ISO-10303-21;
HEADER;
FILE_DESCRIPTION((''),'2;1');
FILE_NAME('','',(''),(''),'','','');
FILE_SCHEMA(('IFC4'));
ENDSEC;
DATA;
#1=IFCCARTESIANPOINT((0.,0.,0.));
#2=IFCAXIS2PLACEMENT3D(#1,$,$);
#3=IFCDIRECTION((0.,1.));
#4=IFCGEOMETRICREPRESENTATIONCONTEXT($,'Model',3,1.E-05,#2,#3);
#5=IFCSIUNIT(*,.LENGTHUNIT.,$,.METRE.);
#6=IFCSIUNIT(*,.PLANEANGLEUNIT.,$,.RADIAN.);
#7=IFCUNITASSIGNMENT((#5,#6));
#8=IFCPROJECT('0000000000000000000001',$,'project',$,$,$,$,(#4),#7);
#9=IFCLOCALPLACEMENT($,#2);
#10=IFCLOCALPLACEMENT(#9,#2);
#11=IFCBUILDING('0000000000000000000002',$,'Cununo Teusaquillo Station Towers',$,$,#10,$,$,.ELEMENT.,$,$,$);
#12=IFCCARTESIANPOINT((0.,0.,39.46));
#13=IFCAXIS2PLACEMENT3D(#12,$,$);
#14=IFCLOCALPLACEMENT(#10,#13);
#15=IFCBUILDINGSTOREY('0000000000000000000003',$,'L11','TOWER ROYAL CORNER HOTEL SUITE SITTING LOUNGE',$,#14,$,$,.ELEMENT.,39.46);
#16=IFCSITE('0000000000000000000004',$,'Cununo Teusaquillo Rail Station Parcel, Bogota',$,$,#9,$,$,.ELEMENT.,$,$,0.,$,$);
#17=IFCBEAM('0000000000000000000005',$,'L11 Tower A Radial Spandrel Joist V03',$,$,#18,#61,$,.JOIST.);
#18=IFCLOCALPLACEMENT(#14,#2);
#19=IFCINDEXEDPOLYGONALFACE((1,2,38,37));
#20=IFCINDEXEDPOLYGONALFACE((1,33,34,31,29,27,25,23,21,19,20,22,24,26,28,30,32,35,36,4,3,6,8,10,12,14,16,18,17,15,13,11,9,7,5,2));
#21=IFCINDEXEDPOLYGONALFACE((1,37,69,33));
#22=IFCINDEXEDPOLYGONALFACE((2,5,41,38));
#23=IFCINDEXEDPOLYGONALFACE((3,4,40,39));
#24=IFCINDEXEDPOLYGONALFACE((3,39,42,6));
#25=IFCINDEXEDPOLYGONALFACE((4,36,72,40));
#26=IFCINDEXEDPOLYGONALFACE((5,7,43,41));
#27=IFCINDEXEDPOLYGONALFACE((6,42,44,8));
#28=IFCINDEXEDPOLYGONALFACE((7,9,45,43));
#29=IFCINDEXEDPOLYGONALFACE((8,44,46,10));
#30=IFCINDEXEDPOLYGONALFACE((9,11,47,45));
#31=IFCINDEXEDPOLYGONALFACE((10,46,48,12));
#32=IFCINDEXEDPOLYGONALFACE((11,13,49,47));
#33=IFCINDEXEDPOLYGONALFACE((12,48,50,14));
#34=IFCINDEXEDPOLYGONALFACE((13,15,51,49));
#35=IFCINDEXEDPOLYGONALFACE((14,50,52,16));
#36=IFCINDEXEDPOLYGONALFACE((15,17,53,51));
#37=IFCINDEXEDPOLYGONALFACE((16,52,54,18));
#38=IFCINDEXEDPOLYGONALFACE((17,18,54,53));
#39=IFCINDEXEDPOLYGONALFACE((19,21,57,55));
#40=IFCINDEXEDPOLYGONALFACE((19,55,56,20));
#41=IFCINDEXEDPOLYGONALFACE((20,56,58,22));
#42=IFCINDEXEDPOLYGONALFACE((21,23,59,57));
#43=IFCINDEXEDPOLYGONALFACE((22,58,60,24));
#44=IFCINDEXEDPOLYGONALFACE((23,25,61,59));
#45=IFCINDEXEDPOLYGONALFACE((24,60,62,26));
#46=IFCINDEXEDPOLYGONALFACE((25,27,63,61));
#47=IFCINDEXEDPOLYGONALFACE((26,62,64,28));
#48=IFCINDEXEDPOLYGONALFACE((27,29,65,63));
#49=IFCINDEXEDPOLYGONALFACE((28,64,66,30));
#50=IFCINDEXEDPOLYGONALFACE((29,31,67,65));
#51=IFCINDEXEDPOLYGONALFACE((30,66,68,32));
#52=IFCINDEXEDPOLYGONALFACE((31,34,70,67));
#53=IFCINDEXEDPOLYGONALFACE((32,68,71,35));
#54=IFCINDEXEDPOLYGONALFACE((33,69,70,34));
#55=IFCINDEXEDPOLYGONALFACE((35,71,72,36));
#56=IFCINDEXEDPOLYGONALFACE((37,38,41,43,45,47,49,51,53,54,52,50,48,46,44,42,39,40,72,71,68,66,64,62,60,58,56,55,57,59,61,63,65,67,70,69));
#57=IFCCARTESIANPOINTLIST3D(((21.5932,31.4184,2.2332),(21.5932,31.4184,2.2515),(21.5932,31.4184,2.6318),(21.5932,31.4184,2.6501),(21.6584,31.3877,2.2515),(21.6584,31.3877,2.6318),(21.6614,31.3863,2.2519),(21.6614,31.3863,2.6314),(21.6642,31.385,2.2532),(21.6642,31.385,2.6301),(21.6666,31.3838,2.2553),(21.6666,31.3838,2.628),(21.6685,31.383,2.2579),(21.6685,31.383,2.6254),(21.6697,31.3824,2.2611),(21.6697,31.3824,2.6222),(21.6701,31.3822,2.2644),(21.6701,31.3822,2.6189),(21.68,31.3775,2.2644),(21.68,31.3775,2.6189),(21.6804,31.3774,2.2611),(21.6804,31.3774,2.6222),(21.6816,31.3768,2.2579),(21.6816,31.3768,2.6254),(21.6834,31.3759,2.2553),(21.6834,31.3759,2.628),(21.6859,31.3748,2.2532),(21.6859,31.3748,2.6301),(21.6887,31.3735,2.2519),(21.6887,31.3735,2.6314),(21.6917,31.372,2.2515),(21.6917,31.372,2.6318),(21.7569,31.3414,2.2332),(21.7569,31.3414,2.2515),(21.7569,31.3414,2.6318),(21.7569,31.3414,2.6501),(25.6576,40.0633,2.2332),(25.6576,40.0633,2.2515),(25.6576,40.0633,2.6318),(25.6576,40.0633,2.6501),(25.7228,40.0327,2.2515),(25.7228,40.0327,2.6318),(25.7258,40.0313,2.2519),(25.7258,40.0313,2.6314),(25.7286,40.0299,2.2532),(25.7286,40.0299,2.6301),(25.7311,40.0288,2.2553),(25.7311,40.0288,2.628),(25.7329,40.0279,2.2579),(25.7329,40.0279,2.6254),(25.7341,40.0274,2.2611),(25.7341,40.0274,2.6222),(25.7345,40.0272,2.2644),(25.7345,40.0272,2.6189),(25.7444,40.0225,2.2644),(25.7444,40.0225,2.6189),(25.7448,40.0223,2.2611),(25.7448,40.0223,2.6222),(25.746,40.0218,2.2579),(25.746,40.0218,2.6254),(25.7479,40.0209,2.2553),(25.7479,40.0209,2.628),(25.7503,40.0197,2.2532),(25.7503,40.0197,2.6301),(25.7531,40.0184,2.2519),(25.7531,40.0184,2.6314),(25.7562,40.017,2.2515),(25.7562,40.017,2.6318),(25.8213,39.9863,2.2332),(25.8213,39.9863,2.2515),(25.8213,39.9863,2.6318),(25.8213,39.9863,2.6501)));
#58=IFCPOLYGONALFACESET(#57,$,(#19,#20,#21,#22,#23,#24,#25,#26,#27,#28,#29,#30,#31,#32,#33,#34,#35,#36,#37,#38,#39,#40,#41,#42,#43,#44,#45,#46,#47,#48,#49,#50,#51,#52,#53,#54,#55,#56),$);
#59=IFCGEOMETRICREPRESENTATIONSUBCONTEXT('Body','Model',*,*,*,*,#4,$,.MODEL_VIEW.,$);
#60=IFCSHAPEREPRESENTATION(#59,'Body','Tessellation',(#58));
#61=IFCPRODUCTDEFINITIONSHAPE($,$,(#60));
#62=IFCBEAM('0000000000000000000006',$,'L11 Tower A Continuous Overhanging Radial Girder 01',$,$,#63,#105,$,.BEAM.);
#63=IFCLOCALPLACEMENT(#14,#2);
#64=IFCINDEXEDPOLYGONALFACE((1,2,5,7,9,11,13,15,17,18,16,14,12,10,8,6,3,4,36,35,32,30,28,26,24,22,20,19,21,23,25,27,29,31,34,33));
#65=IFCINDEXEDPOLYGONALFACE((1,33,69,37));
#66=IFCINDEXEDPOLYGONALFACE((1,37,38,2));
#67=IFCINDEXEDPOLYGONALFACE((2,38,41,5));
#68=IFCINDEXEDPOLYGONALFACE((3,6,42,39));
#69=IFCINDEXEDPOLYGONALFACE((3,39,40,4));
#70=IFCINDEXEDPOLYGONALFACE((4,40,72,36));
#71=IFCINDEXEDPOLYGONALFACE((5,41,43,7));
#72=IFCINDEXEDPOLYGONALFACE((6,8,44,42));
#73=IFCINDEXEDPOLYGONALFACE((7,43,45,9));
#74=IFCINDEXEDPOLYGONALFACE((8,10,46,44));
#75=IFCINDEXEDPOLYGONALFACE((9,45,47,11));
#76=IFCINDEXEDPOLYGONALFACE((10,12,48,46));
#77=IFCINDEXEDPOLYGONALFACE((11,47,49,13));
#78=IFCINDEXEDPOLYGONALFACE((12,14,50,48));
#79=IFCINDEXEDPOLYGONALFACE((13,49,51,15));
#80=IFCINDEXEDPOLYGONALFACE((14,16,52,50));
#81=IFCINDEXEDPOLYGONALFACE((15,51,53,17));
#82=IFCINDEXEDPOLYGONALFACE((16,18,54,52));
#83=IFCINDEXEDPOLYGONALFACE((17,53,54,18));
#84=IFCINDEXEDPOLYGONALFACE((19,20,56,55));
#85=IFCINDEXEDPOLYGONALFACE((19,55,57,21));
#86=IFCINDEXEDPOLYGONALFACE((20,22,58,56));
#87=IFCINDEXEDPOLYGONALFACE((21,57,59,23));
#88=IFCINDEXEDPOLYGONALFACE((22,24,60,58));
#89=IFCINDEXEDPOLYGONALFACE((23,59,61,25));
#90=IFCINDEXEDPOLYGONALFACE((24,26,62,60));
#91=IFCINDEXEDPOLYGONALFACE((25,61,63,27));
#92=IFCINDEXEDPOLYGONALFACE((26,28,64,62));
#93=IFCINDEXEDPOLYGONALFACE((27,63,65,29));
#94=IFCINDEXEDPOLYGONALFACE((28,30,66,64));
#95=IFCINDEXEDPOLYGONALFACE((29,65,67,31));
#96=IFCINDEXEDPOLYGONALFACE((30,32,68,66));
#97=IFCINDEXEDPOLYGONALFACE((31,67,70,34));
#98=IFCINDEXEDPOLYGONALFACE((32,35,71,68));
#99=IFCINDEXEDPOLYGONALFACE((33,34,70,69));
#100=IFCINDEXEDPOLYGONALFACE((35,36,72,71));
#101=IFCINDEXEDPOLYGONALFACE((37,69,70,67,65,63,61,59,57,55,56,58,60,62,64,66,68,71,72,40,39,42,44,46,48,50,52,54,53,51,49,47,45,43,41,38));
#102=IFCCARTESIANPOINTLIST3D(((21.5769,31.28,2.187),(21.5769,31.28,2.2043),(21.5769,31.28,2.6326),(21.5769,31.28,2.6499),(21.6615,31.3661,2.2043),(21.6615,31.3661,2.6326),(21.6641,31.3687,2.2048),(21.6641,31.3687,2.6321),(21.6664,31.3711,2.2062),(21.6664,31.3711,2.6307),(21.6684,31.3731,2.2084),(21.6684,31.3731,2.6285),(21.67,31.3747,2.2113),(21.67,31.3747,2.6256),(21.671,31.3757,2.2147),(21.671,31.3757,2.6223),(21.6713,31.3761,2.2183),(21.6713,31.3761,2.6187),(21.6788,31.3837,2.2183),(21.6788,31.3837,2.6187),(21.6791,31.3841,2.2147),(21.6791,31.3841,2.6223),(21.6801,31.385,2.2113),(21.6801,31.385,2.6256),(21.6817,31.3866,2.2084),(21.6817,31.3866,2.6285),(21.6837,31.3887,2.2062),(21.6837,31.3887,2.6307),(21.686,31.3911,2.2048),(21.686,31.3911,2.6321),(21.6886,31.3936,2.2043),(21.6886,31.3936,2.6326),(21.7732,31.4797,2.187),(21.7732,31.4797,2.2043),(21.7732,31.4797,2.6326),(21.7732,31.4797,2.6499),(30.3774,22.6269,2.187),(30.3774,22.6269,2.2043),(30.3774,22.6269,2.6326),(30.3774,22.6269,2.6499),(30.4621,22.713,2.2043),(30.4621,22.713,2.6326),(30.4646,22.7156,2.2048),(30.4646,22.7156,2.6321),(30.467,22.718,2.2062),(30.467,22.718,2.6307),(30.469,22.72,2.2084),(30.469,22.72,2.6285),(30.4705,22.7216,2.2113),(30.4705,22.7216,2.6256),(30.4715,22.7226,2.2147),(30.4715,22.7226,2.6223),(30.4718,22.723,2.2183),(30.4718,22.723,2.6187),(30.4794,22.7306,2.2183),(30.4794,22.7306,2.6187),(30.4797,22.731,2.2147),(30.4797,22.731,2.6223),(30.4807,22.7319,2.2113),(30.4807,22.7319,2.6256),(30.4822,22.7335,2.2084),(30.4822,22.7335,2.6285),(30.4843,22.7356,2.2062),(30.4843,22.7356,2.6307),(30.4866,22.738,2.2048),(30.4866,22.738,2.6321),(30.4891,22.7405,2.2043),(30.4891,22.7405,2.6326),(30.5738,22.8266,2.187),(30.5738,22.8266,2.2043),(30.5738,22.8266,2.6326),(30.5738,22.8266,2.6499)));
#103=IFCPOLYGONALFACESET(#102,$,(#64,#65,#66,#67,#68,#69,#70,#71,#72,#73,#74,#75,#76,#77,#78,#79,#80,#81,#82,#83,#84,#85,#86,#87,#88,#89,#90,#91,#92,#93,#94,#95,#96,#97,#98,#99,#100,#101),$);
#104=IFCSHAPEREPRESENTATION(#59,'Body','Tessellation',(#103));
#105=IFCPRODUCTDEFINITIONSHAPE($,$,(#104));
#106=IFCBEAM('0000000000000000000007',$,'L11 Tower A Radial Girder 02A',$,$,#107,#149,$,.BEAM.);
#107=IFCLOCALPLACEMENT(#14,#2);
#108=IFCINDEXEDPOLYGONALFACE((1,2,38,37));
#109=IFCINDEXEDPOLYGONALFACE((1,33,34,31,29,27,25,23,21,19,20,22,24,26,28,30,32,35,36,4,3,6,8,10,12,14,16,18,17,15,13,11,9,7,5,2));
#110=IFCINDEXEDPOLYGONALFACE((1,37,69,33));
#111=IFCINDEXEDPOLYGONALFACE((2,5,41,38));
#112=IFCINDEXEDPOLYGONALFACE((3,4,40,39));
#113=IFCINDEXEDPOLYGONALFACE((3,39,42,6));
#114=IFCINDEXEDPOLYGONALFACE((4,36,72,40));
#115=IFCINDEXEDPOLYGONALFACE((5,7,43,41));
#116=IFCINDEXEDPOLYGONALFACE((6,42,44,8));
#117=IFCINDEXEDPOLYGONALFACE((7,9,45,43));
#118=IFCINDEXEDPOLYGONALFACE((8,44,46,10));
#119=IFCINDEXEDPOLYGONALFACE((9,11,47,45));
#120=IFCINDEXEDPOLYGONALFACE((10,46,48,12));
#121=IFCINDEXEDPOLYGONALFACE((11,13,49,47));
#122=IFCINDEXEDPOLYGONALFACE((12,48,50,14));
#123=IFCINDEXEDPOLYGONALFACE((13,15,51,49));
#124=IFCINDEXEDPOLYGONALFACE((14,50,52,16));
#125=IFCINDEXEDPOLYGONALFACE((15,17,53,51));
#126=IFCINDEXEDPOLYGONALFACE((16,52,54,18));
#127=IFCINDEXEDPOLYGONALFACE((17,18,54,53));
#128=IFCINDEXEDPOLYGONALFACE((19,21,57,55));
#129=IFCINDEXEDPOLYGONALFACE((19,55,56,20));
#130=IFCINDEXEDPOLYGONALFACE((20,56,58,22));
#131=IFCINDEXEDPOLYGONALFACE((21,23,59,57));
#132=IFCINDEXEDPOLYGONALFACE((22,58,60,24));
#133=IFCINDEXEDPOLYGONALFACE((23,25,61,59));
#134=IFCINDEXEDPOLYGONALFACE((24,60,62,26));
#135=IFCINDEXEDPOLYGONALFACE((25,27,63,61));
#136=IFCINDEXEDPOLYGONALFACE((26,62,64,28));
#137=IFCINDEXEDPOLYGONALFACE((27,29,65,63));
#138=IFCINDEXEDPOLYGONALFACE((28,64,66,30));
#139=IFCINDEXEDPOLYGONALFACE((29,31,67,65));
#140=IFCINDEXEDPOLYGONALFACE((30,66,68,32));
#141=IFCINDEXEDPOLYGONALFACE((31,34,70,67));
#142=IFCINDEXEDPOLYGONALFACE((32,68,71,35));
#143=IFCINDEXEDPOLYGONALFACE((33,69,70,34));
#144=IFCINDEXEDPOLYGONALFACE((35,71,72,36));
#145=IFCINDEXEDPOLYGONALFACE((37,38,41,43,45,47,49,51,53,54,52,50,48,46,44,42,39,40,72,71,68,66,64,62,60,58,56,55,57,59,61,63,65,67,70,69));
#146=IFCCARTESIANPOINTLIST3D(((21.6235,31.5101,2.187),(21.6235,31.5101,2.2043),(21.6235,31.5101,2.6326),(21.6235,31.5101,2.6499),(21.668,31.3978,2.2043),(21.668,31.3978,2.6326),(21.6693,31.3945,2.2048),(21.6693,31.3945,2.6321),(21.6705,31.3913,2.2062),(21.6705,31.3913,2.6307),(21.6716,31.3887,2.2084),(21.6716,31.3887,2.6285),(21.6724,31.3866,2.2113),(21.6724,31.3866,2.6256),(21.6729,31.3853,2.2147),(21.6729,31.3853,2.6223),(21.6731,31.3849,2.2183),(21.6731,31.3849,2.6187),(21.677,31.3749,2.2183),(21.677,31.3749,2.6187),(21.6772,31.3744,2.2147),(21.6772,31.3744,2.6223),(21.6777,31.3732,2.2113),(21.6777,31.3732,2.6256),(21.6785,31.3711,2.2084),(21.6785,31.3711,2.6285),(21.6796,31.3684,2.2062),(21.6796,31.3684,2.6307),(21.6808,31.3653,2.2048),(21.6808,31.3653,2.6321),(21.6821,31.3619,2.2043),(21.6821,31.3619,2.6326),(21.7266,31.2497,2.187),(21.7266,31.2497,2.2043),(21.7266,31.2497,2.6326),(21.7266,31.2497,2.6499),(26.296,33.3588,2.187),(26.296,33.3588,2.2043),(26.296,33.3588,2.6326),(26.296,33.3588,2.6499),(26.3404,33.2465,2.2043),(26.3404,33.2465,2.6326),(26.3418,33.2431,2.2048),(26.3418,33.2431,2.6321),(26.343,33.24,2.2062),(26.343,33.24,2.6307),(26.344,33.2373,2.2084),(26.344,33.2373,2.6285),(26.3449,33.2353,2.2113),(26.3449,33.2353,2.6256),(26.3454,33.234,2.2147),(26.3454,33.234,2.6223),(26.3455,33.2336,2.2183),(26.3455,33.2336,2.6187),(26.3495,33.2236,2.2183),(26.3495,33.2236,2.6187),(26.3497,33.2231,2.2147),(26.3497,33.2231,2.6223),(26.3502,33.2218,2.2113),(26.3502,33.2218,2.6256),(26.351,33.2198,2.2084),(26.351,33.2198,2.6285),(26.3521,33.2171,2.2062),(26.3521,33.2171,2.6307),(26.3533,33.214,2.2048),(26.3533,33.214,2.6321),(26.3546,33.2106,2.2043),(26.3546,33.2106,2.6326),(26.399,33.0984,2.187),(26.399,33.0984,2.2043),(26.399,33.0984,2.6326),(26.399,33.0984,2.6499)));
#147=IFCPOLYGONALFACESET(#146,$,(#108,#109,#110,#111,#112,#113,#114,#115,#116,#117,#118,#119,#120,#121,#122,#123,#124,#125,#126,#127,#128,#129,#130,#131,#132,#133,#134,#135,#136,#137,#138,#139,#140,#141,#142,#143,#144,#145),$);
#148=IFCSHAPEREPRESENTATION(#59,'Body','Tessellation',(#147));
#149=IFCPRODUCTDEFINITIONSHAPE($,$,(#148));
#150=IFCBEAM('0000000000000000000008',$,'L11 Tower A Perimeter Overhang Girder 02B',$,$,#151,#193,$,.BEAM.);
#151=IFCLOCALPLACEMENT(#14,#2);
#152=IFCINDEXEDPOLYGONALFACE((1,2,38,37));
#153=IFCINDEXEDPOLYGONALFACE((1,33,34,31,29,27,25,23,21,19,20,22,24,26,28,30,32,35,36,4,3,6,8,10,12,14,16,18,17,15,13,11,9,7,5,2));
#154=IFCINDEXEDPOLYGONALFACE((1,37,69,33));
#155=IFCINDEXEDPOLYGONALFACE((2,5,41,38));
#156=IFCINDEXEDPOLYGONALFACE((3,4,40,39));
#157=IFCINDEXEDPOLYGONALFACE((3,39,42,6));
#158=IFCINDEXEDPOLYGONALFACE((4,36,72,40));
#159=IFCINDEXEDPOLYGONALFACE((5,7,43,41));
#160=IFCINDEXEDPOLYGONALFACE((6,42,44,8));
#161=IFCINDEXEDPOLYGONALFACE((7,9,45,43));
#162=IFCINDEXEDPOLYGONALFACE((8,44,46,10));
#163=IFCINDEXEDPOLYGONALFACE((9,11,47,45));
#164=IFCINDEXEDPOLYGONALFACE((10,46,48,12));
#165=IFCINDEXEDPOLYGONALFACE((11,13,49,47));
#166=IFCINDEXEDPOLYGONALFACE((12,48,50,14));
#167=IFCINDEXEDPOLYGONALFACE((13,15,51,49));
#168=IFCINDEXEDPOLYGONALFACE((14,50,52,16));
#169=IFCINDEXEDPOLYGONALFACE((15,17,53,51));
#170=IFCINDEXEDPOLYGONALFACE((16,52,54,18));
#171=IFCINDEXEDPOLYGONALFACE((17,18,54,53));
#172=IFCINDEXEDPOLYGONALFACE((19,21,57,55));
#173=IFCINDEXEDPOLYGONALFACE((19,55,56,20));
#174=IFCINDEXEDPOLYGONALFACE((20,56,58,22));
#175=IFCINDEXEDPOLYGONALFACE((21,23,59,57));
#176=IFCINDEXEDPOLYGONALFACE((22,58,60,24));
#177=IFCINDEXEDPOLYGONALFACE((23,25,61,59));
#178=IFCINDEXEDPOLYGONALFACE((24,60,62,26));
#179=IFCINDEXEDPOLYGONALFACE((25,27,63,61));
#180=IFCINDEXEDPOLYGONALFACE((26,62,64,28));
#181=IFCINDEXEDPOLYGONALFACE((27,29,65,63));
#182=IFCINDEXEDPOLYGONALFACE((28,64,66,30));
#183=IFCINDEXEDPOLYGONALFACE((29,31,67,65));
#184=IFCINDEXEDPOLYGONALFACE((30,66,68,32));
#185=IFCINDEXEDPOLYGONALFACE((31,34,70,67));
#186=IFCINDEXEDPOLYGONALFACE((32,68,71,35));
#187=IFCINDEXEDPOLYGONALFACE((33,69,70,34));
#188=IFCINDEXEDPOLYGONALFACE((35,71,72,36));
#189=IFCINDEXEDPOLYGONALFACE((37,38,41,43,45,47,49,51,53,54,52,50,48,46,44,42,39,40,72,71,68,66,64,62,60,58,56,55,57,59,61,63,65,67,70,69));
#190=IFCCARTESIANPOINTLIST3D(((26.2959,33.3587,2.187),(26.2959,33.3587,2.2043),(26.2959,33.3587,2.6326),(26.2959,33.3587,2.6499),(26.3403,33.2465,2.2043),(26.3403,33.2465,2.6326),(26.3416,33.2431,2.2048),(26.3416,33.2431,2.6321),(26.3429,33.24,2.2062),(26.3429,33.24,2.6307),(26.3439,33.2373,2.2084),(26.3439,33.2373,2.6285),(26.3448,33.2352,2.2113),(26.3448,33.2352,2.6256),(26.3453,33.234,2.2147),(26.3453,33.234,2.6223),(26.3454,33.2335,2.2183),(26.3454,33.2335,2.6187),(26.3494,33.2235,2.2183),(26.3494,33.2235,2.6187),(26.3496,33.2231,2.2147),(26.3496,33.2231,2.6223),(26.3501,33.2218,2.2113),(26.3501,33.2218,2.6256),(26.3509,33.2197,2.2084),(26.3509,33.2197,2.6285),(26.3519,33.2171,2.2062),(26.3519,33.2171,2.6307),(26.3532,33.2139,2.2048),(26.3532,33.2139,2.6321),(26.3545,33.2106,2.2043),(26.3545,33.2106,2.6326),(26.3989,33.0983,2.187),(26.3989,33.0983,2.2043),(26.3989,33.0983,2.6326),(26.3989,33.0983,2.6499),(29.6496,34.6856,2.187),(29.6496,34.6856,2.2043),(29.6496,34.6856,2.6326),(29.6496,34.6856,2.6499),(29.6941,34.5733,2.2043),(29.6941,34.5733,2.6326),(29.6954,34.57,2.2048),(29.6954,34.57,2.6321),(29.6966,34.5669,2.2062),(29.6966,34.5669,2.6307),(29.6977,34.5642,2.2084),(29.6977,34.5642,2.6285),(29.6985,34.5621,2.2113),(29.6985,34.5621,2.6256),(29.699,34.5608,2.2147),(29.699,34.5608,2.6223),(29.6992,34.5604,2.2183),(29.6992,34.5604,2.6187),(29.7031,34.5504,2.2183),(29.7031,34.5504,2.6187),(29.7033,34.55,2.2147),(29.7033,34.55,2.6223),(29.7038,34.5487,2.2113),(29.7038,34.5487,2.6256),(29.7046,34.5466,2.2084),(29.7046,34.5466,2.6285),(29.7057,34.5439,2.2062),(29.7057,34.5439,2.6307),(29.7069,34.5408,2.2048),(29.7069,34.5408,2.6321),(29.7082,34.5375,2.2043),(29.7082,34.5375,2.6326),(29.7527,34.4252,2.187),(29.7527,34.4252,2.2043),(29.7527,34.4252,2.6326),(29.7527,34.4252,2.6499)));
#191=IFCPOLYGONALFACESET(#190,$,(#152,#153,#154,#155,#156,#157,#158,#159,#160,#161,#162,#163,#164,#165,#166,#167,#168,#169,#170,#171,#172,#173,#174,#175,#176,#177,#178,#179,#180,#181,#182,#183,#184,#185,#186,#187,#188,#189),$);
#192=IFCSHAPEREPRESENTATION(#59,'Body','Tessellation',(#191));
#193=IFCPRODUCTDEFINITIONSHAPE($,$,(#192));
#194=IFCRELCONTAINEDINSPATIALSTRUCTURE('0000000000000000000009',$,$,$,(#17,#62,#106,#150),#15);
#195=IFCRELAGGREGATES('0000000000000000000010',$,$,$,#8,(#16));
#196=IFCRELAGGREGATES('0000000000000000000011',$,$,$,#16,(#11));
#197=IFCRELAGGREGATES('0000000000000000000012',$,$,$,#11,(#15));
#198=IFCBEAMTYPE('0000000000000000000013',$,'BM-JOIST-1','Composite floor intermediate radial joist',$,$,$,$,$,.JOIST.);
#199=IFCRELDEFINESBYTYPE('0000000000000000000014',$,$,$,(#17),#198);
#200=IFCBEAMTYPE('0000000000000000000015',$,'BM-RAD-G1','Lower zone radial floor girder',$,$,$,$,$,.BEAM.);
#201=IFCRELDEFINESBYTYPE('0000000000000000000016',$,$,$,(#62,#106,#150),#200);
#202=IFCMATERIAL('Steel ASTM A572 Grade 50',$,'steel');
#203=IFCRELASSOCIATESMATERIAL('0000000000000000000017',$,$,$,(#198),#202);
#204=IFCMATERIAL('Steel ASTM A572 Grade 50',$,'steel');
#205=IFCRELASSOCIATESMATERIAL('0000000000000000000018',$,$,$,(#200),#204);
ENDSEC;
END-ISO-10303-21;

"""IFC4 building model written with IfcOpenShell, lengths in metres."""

from ifc_helpers import new_model, si_unit, direction, frame, origin, origin_2d, place, context, subcontext, project, spatial, i_section, extrude, material, material_profile, profile_set, type_object, element, save


model = new_model("IFC4")

# Units and contexts
model_context = context("Model", 3, precision=1e-05, world=origin(), true_north=direction((0.0, 1.0)))
body_context = subcontext(model_context, "Body", "Model", "MODEL_VIEW")
ifc_project = project(units=[si_unit("LENGTHUNIT", "METRE"), si_unit("PLANEANGLEUNIT", "RADIAN")], contexts=[model_context])

# Site, building, storey
site_placement = place(None, origin())
site = spatial("IfcSite", under=ifc_project, at=site_placement, Name="Cununo Teusaquillo Rail Station Parcel, Bogota", CompositionType="ELEMENT", RefElevation=0.0)
building_placement = place(site_placement, origin())
building = spatial("IfcBuilding", under=site, at=building_placement, Name="Cununo Teusaquillo Station Towers", CompositionType="ELEMENT")
storey_placement = place(building_placement, frame((0.0, 0.0, 39.46)))
storey = spatial("IfcBuildingStorey", under=building, at=storey_placement, Name="L11", Description="TOWER ROYAL CORNER HOTEL SUITE SITTING LOUNGE", CompositionType="ELEMENT", Elevation=39.46)

# Beams
ifc_material_1 = material(Name="Steel ASTM A572 Grade 50", Category="steel")
ifc_material_profile_1 = material_profile(ifc_material_1, i_section(OverallWidth=0.1809, OverallDepth=0.417, WebThickness=0.011, FlangeThickness=0.0183, FilletRadius=0.0129, at=origin_2d()), Name="W16X57")
ifc_profile_set_1 = profile_set([ifc_material_profile_1], Name="Steel ASTM A572 Grade 50")
beam_type_1 = type_object("IfcBeamType", Name="BM-JOIST-1", Description="Composite floor intermediate radial joist", PredefinedType="JOIST", material=ifc_profile_set_1)
beam_1_placement = place(storey_placement, frame((21.675, 31.3799, 2.4417), z_axis=(0.425472, 0.904972, 0.0), x_axis=(-0.904972, 0.425472, 0.0)))
element("IfcBeam", 1, at=beam_1_placement, inside=storey, type_object=beam_type_1, Name="L11 Tower A Radial Spandrel Joist V03", PredefinedType="JOIST", context=body_context, shape_type="SweptSolid", body=[
    extrude(i_section(OverallWidth=0.1809, OverallDepth=0.417, WebThickness=0.011, FlangeThickness=0.0183, FilletRadius=0.0129, at=origin_2d()), origin(), (0.0, 0.0, 1.0), 9.5527),
])
ifc_material_2 = material(Name="Steel ASTM A572 Grade 50", Category="steel")
ifc_material_profile_2 = material_profile(ifc_material_2, i_section(OverallWidth=0.28, OverallDepth=0.4629, WebThickness=0.0107, FlangeThickness=0.0173, FilletRadius=0.0139, at=origin_2d()), Name="W18X76")
ifc_profile_set_2 = profile_set([ifc_material_profile_2], Name="Steel ASTM A572 Grade 50")
beam_type_2 = type_object("IfcBeamType", Name="BM-RAD-G1", Description="Lower zone radial floor girder", PredefinedType="BEAM", material=ifc_profile_set_2)
beam_2_placement = place(storey_placement, frame((21.675, 31.3799, 2.4185), z_axis=(0.713055, -0.701108, 0.0), x_axis=(0.701108, 0.713055, 0.0)))
element("IfcBeam", 2, at=beam_2_placement, inside=storey, type_object=beam_type_2, Name="L11 Tower A Continuous Overhanging Radial Girder 01", PredefinedType="BEAM", context=body_context, shape_type="SweptSolid", body=[
    extrude(i_section(OverallWidth=0.28, OverallDepth=0.4629, WebThickness=0.0107, FlangeThickness=0.0173, FilletRadius=0.0139, at=origin_2d()), origin(), (0.0, 0.0, 1.0), 12.342),
])
beam_3_placement = place(storey_placement, frame((21.675, 31.3799, 2.4185), z_axis=(0.929864, 0.367903, 0.0), x_axis=(-0.367903, 0.929864, 0.0)))
element("IfcBeam", 3, at=beam_3_placement, inside=storey, type_object=beam_type_2, Name="L11 Tower A Radial Girder 02A", PredefinedType="BEAM", context=body_context, shape_type="SweptSolid", body=[
    extrude(i_section(OverallWidth=0.28, OverallDepth=0.4629, WebThickness=0.0107, FlangeThickness=0.0173, FilletRadius=0.0139, at=origin_2d()), origin(), (0.0, 0.0, 1.0), 5.0249),
])
beam_4_placement = place(storey_placement, frame((26.3474, 33.2285, 2.4185), z_axis=(0.929866, 0.367898, 0.0), x_axis=(-0.367898, 0.929866, 0.0)))
element("IfcBeam", 4, at=beam_4_placement, inside=storey, type_object=beam_type_2, Name="L11 Tower A Perimeter Overhang Girder 02B", PredefinedType="BEAM", context=body_context, shape_type="SweptSolid", body=[
    extrude(i_section(OverallWidth=0.28, OverallDepth=0.4629, WebThickness=0.0107, FlangeThickness=0.0173, FilletRadius=0.0139, at=origin_2d()), origin(), (0.0, 0.0, 1.0), 3.6067),
])

save(model, "model.ifc")
